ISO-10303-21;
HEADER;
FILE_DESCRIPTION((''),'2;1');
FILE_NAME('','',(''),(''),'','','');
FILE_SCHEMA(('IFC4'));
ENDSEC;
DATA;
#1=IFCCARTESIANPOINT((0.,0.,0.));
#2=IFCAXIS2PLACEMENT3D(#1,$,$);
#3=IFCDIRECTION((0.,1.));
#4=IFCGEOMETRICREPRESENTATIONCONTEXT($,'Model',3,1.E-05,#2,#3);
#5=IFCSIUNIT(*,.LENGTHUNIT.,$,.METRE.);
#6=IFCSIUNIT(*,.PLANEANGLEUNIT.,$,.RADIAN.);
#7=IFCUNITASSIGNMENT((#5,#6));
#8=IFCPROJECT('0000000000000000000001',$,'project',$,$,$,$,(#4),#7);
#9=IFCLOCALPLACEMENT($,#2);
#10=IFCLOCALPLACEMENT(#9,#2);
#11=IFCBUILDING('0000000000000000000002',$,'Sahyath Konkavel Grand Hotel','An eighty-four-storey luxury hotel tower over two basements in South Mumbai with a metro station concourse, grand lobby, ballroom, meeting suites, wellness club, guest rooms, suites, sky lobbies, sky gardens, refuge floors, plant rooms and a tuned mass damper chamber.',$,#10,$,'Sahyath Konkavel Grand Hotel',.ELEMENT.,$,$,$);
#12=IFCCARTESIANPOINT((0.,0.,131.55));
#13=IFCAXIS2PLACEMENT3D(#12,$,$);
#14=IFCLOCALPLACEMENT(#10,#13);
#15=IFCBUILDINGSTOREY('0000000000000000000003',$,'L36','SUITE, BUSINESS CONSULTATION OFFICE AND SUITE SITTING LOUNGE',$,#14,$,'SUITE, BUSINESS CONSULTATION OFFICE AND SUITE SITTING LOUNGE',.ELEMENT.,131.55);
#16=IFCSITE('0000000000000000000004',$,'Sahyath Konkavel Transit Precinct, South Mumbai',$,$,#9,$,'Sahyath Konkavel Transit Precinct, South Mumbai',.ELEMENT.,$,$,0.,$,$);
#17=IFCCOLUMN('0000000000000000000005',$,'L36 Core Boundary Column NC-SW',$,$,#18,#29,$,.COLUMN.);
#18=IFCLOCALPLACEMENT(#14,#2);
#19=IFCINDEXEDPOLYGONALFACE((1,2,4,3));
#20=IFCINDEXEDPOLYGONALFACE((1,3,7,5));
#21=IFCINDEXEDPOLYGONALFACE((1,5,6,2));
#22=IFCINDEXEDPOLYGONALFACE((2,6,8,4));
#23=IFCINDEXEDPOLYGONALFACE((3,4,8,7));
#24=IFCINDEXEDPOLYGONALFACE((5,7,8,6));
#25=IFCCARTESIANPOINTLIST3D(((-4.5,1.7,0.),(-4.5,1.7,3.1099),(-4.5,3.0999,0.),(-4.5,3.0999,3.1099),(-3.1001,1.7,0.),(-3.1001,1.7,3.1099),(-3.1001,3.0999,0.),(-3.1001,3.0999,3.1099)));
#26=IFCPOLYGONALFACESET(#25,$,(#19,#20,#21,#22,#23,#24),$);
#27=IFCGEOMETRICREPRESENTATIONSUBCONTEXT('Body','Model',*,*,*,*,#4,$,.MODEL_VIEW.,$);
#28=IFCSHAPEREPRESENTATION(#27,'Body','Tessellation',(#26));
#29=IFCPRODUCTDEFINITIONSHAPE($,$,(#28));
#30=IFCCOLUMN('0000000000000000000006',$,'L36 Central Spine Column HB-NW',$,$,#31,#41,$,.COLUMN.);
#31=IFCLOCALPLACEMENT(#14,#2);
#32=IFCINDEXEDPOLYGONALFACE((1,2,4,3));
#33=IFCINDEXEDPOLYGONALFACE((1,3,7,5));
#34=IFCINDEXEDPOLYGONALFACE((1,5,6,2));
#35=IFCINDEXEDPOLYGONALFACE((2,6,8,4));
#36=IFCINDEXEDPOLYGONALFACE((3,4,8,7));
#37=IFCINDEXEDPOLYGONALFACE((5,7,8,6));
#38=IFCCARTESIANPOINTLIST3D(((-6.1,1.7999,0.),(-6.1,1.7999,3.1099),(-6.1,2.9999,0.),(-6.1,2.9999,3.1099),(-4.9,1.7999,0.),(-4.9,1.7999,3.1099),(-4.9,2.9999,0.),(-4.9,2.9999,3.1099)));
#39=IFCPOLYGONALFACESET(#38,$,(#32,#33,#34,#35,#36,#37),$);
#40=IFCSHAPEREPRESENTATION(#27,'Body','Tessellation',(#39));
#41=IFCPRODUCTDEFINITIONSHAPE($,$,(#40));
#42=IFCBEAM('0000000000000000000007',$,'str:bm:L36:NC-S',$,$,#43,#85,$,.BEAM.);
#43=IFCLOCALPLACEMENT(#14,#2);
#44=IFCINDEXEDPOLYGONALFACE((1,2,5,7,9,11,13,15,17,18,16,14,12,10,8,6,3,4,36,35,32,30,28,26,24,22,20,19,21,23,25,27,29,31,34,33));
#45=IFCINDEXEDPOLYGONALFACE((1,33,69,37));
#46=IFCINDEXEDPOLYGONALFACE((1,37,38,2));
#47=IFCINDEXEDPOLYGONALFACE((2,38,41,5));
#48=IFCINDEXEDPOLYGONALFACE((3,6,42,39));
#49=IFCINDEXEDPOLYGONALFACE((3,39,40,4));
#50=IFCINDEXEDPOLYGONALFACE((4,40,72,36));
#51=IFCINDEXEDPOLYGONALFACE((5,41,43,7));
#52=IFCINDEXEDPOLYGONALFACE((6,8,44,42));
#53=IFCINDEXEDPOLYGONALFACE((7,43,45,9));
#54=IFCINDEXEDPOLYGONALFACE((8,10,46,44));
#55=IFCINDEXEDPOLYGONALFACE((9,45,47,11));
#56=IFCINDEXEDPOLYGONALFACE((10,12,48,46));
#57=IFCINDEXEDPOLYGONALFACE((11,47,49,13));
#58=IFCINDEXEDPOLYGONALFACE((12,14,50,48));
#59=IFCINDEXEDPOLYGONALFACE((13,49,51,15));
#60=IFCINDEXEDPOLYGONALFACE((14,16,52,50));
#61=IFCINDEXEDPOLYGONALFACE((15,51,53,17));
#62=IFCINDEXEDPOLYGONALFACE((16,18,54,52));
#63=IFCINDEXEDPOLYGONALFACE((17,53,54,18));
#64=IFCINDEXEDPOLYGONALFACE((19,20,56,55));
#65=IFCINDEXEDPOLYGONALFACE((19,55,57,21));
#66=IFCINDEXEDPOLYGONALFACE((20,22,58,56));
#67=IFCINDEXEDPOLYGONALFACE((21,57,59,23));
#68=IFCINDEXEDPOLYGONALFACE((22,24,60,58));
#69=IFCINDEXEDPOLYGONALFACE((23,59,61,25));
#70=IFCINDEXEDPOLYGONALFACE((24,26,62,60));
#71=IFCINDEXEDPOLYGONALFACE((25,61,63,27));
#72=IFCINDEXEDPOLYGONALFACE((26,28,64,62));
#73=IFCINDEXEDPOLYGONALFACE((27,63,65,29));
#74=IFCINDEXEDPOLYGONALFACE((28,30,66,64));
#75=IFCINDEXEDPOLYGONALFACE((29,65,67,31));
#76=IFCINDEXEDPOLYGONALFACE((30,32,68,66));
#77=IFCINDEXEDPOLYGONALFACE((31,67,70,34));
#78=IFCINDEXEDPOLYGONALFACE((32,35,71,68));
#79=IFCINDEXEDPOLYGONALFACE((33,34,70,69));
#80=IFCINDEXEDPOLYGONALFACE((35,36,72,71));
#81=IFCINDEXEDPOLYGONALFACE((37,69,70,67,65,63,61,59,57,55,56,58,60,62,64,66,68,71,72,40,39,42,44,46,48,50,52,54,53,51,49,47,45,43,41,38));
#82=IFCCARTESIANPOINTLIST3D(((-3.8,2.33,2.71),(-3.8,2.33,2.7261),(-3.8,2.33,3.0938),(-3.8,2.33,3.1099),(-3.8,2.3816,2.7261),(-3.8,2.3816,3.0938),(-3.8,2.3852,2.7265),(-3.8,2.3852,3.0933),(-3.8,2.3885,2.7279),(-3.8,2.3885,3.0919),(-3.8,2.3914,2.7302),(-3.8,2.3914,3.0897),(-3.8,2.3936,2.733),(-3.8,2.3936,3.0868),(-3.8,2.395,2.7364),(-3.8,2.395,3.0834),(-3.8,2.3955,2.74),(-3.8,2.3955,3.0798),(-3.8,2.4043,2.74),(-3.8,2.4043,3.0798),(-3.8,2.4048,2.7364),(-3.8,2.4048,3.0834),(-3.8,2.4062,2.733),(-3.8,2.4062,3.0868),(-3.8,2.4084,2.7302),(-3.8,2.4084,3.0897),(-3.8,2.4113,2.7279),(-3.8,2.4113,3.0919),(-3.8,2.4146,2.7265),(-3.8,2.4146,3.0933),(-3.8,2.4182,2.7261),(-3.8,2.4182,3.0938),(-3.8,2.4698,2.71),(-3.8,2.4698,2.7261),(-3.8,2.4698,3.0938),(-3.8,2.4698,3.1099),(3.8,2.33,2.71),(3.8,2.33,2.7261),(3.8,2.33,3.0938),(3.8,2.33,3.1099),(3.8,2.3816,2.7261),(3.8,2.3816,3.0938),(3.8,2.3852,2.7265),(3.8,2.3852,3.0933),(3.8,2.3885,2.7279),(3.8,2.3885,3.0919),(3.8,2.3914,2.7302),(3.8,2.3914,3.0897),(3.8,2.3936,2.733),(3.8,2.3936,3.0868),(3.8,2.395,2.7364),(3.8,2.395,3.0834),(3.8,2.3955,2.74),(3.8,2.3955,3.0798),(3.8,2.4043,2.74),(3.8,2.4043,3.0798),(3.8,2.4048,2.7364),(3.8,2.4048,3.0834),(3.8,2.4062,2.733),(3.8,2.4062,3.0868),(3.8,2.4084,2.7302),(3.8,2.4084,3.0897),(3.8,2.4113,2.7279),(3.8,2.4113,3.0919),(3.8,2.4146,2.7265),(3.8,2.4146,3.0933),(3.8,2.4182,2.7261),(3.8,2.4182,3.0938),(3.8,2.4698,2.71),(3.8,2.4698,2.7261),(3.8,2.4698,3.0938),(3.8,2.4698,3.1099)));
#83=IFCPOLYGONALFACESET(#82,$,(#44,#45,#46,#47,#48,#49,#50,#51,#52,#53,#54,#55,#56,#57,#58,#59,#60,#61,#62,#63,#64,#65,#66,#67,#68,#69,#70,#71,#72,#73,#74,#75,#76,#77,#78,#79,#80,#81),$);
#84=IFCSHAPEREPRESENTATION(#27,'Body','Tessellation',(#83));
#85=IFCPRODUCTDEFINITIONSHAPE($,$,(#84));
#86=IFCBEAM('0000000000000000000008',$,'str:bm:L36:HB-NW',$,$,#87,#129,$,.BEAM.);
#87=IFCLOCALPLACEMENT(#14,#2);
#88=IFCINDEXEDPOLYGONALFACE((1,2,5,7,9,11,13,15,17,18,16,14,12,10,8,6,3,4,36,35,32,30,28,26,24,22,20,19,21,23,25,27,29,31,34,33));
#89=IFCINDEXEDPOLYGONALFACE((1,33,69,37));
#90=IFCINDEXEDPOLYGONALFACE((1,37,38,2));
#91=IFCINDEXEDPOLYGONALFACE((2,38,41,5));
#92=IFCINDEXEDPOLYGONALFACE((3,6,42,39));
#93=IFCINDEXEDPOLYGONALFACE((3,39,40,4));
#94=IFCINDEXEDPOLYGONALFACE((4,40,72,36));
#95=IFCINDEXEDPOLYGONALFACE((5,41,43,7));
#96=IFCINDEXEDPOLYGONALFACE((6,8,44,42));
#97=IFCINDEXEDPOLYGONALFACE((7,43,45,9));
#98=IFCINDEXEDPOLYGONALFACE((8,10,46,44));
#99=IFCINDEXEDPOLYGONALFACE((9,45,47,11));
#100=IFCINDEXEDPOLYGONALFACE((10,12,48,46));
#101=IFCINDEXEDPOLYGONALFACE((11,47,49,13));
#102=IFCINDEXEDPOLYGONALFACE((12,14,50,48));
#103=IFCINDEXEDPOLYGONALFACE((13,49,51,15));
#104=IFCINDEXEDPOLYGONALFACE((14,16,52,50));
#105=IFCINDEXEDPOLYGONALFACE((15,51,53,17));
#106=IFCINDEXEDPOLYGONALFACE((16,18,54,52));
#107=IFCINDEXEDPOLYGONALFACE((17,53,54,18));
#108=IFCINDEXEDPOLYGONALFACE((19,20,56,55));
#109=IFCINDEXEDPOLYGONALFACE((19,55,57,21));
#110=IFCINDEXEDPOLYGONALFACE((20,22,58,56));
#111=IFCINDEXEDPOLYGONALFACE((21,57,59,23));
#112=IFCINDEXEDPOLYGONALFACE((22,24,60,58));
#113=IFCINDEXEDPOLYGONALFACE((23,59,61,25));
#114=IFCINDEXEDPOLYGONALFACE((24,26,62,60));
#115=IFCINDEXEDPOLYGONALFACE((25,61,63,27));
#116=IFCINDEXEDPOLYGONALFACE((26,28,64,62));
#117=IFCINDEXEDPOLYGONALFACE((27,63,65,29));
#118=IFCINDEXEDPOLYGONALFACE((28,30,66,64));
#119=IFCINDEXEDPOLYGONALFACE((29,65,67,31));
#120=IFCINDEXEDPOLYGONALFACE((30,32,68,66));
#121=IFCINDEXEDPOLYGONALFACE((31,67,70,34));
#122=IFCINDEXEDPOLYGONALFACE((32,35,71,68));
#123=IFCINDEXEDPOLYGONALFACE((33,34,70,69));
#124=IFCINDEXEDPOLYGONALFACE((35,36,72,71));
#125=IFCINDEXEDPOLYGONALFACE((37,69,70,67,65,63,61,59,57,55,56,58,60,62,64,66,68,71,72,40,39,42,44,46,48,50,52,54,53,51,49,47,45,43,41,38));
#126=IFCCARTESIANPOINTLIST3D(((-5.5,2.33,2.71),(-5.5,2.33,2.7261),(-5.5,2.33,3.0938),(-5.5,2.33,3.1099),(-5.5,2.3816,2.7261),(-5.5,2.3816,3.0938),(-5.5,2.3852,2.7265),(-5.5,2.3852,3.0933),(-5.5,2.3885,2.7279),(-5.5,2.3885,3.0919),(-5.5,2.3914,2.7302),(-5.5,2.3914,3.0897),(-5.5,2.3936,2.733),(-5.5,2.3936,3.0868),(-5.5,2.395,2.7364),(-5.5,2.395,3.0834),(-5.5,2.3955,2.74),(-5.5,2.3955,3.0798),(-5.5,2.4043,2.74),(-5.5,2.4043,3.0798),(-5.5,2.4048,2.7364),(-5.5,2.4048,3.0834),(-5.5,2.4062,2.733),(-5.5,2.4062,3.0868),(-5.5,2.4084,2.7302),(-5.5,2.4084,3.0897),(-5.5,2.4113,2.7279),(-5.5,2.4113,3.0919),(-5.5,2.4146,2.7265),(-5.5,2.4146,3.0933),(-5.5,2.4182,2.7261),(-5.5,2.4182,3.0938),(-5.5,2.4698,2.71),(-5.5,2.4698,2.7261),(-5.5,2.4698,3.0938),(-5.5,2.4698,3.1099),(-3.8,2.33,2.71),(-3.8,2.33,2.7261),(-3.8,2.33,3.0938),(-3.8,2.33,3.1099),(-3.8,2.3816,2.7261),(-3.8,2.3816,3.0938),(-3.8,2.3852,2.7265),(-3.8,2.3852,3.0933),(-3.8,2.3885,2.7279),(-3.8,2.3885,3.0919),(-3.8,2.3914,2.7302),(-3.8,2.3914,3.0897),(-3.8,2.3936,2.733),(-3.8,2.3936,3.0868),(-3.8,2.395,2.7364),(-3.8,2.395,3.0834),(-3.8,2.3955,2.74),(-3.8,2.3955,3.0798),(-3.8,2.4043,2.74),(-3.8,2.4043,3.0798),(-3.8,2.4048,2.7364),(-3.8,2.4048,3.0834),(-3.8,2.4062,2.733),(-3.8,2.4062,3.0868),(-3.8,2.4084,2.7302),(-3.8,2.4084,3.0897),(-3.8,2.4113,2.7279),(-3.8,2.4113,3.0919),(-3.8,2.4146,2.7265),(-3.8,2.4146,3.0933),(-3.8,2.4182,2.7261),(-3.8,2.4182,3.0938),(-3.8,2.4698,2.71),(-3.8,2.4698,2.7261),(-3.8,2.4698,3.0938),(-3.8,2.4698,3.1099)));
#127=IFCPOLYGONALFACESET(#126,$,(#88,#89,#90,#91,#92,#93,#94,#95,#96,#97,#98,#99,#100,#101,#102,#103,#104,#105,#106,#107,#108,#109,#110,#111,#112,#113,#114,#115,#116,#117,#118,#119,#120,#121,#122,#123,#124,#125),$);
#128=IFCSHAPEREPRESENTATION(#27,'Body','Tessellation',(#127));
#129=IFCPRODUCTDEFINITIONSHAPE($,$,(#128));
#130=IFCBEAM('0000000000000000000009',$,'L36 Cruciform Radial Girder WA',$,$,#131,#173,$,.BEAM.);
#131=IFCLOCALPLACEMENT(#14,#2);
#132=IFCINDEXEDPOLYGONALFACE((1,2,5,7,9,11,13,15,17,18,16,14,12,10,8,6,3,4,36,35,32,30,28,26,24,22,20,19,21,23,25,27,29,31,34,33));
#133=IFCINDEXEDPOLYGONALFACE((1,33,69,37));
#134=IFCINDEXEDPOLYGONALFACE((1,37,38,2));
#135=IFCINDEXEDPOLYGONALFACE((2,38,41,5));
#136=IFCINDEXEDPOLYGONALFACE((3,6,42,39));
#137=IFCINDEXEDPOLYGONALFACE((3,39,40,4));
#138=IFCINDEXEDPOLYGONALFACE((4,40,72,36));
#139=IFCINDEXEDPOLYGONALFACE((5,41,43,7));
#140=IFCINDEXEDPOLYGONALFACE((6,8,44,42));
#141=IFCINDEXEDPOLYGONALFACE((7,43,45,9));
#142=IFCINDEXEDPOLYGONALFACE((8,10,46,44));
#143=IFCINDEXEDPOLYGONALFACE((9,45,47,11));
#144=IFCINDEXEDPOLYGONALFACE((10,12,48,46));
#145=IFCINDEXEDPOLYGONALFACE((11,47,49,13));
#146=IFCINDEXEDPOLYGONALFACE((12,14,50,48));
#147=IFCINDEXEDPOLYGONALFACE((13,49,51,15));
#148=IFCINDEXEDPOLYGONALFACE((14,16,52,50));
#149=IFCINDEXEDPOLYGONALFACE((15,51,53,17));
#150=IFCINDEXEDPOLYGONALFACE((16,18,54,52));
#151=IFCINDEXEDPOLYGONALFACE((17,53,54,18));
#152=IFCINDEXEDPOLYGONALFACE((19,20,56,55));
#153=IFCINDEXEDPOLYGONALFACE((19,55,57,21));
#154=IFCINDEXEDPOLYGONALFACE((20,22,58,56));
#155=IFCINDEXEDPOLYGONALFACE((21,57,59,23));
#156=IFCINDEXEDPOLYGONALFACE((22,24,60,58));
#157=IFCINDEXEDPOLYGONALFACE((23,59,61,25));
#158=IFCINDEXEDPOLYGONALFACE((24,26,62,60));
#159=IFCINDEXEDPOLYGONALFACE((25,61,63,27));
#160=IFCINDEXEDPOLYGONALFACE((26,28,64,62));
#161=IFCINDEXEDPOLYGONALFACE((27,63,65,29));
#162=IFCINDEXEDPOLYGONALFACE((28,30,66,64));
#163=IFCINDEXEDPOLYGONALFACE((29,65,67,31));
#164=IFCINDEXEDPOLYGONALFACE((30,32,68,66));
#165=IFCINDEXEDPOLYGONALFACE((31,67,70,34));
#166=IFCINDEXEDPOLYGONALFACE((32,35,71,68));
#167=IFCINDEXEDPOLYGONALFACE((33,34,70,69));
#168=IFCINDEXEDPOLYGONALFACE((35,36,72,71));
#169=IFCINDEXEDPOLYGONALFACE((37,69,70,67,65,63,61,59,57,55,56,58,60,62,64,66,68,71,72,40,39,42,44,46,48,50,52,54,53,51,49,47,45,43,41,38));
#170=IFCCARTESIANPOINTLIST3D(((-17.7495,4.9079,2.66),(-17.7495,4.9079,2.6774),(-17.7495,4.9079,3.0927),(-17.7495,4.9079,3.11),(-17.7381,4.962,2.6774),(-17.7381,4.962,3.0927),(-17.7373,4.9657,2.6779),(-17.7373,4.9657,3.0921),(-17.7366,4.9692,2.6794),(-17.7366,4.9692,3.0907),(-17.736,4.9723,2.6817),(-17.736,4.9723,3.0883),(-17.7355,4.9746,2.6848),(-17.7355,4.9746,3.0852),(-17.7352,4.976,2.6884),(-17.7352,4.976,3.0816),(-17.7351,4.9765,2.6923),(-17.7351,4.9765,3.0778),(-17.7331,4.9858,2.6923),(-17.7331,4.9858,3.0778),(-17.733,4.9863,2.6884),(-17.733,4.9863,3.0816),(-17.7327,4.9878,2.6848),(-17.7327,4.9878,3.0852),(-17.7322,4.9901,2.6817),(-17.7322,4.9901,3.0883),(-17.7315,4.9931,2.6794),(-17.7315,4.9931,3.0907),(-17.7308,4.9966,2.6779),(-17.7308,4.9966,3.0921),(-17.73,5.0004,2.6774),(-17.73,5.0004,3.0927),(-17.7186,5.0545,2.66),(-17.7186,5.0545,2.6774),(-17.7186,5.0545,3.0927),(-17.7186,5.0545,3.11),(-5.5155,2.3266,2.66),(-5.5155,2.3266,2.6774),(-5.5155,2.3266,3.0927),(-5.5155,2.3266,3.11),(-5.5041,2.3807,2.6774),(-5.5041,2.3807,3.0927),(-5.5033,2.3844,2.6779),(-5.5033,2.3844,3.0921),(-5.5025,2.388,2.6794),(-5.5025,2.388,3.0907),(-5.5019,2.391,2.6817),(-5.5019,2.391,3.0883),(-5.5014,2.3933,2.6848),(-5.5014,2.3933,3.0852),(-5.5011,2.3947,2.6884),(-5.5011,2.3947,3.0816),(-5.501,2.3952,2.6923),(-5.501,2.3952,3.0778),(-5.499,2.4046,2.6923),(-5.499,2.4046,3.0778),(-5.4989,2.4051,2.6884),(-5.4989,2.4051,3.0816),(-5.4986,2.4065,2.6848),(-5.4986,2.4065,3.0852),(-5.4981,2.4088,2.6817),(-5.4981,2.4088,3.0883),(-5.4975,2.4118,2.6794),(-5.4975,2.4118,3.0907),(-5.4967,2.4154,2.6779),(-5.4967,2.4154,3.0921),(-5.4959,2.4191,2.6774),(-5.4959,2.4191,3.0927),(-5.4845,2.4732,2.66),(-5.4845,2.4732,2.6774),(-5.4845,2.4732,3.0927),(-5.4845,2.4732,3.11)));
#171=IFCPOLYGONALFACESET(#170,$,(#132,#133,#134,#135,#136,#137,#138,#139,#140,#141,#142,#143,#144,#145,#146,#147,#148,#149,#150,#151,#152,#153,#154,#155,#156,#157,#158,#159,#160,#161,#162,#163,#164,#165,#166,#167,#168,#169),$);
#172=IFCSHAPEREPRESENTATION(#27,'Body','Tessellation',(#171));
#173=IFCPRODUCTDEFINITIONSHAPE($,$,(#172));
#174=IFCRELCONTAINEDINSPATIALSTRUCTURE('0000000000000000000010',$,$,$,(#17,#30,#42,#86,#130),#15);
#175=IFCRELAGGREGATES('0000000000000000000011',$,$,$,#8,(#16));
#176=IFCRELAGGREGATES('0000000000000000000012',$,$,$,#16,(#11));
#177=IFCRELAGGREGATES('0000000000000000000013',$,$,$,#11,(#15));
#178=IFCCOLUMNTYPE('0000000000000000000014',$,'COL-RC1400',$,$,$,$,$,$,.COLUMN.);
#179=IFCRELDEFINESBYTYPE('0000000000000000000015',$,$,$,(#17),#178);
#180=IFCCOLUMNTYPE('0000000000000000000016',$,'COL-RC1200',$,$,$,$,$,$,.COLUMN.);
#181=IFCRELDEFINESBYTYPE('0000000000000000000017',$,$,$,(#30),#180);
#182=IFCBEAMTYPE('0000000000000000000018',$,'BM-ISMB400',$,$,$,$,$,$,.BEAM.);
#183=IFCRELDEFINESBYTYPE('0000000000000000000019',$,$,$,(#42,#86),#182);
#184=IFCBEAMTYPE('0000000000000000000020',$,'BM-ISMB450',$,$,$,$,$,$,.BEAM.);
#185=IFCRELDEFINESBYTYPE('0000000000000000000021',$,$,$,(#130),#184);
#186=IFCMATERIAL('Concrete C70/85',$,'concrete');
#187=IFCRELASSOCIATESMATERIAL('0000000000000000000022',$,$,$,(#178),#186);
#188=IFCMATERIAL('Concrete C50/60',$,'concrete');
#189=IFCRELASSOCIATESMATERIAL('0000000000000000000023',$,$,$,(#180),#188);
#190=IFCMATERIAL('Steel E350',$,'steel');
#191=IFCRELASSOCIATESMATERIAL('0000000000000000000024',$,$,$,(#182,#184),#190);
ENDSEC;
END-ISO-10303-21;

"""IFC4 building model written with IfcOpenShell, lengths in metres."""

from ifc_helpers import new_model, si_unit, direction, frame, origin, origin_2d, place, context, subcontext, project, spatial, rectangle, i_section, extrude, source, transform, mapped, material, material_profile, profile_set, type_object, element, save


model = new_model("IFC4")

# Units and contexts
model_context = context("Model", 3, precision=1e-05, world=origin(), true_north=direction((0.0, 1.0)))
body_context = subcontext(model_context, "Body", "Model", "MODEL_VIEW")
ifc_project = project(units=[si_unit("LENGTHUNIT", "METRE"), si_unit("PLANEANGLEUNIT", "RADIAN")], contexts=[model_context])

# Site, building, storey
site_placement = place(None, origin())
site = spatial("IfcSite", under=ifc_project, at=site_placement, Name="Sahyath Konkavel Transit Precinct, South Mumbai", LongName="Sahyath Konkavel Transit Precinct, South Mumbai", CompositionType="ELEMENT", RefElevation=0.0)
building_placement = place(site_placement, origin())
building = spatial("IfcBuilding", under=site, at=building_placement, Name="Sahyath Konkavel Grand Hotel", Description="An eighty-four-storey luxury hotel tower over two basements in South Mumbai with a metro station concourse, grand lobby, ballroom, meeting suites, wellness club, guest rooms, suites, sky lobbies, sky gardens, refuge floors, plant rooms and a tuned mass damper chamber.", LongName="Sahyath Konkavel Grand Hotel", CompositionType="ELEMENT")
storey_placement = place(building_placement, frame((0.0, 0.0, 131.55)))
storey = spatial("IfcBuildingStorey", under=building, at=storey_placement, Name="L36", Description="SUITE, BUSINESS CONSULTATION OFFICE AND SUITE SITTING LOUNGE", LongName="SUITE, BUSINESS CONSULTATION OFFICE AND SUITE SITTING LOUNGE", CompositionType="ELEMENT", Elevation=131.55)

# Columns
ifc_material_1 = material(Name="Concrete C70/85", Category="concrete")
ifc_material_profile_1 = material_profile(ifc_material_1, rectangle(XDim=1.3999, YDim=1.3999, at=origin_2d()), Name="RC 1400x1400")
ifc_profile_set_1 = profile_set([ifc_material_profile_1], Name="Concrete C70/85")
column_type_1 = type_object("IfcColumnType", Name="COL-RC1400", PredefinedType="COLUMN", material=ifc_profile_set_1)
shared_shape_1 = source(origin(), body_context, "Body", "SweptSolid", [
    extrude(rectangle(XDim=1.3999, YDim=1.3999, at=origin_2d()), origin(), (0.0, 0.0, 1.0), 3.1099),
])
column_1_placement = place(storey_placement, frame((-3.8, 2.3999, 0.0), z_axis=(0.0, 0.0, 1.0), x_axis=(1.0, 0.0, 0.0)))
element("IfcColumn", 1, at=column_1_placement, inside=storey, type_object=column_type_1, Name="L36 Core Boundary Column NC-SW", PredefinedType="COLUMN", context=body_context, shape_type="MappedRepresentation", body=[
    mapped(shared_shape_1, transform((0.0, 0.0, 0.0), scale=1.0)),
])
ifc_material_2 = material(Name="Concrete C50/60", Category="concrete")
ifc_material_profile_2 = material_profile(ifc_material_2, rectangle(XDim=1.2, YDim=1.2, at=origin_2d()), Name="RC 1200x1200")
ifc_profile_set_2 = profile_set([ifc_material_profile_2], Name="Concrete C50/60")
column_type_2 = type_object("IfcColumnType", Name="COL-RC1200", PredefinedType="COLUMN", material=ifc_profile_set_2)
shared_shape_2 = source(origin(), body_context, "Body", "SweptSolid", [
    extrude(rectangle(XDim=1.2, YDim=1.2, at=origin_2d()), origin(), (0.0, 0.0, 1.0), 3.1099),
])
column_2_placement = place(storey_placement, frame((-5.5, 2.3999, 0.0), z_axis=(0.0, 0.0, 1.0), x_axis=(1.0, 0.0, 0.0)))
element("IfcColumn", 2, at=column_2_placement, inside=storey, type_object=column_type_2, Name="L36 Central Spine Column HB-NW", PredefinedType="COLUMN", context=body_context, shape_type="MappedRepresentation", body=[
    mapped(shared_shape_2, transform((0.0, 0.0, 0.0), scale=1.0)),
])

# Beams
ifc_material_3 = material(Name="Steel E350", Category="steel")
ifc_material_profile_3 = material_profile(ifc_material_3, i_section(OverallWidth=0.1399, OverallDepth=0.3999, WebThickness=0.0088, FlangeThickness=0.0161, FilletRadius=0.0139, at=origin_2d()), Name="ISMB 400")
ifc_profile_set_3 = profile_set([ifc_material_profile_3], Name="Steel E350")
beam_type_1 = type_object("IfcBeamType", Name="BM-ISMB400", PredefinedType="BEAM", material=ifc_profile_set_3)
shared_shape_3 = source(origin(), body_context, "Body", "SweptSolid", [
    extrude(i_section(OverallWidth=0.1399, OverallDepth=0.3999, WebThickness=0.0088, FlangeThickness=0.0161, FilletRadius=0.0139, at=origin_2d()), origin(), (0.0, 0.0, 1.0), 7.6001),
])
beam_1_placement = place(storey_placement, frame((-3.8, 2.3999, 2.9099), z_axis=(1.0, 0.0, 0.0), x_axis=(0.0, 1.0, 0.0)))
element("IfcBeam", 3, at=beam_1_placement, inside=storey, type_object=beam_type_1, Name="str:bm:L36:NC-S", PredefinedType="BEAM", context=body_context, shape_type="MappedRepresentation", body=[
    mapped(shared_shape_3, transform((0.0, 0.0, 0.0), scale=1.0)),
])
shared_shape_4 = source(origin(), body_context, "Body", "SweptSolid", [
    extrude(i_section(OverallWidth=0.1399, OverallDepth=0.3999, WebThickness=0.0088, FlangeThickness=0.0161, FilletRadius=0.0139, at=origin_2d()), origin(), (0.0, 0.0, 1.0), 1.7),
])
beam_2_placement = place(storey_placement, frame((-5.5, 2.3999, 2.9099), z_axis=(1.0, 0.0, 0.0), x_axis=(0.0, 1.0, 0.0)))
element("IfcBeam", 4, at=beam_2_placement, inside=storey, type_object=beam_type_1, Name="str:bm:L36:HB-NW", PredefinedType="BEAM", context=body_context, shape_type="MappedRepresentation", body=[
    mapped(shared_shape_4, transform((0.0, 0.0, 0.0), scale=1.0)),
])
ifc_material_profile_4 = material_profile(ifc_material_3, i_section(OverallWidth=0.1499, OverallDepth=0.45, WebThickness=0.0095, FlangeThickness=0.0173, FilletRadius=0.0149, at=origin_2d()), Name="ISMB 450")
ifc_profile_set_4 = profile_set([ifc_material_profile_4], Name="Steel E350")
beam_type_2 = type_object("IfcBeamType", Name="BM-ISMB450", PredefinedType="BEAM", material=ifc_profile_set_4)
shared_shape_5 = source(origin(), body_context, "Body", "SweptSolid", [
    extrude(i_section(OverallWidth=0.1499, OverallDepth=0.45, WebThickness=0.0095, FlangeThickness=0.0173, FilletRadius=0.0149, at=origin_2d()), origin(), (0.0, 0.0, 1.0), 12.5034),
])
beam_3_placement = place(storey_placement, frame((-5.5, 2.3999, 2.885), z_axis=(-0.978458, 0.206446, 0.0), x_axis=(-0.206446, -0.978458, 0.0)))
element("IfcBeam", 5, at=beam_3_placement, inside=storey, type_object=beam_type_2, Name="L36 Cruciform Radial Girder WA", PredefinedType="BEAM", context=body_context, shape_type="MappedRepresentation", body=[
    mapped(shared_shape_5, transform((0.0, 0.0, 0.0), scale=1.0)),
])

save(model, "model.ifc")
